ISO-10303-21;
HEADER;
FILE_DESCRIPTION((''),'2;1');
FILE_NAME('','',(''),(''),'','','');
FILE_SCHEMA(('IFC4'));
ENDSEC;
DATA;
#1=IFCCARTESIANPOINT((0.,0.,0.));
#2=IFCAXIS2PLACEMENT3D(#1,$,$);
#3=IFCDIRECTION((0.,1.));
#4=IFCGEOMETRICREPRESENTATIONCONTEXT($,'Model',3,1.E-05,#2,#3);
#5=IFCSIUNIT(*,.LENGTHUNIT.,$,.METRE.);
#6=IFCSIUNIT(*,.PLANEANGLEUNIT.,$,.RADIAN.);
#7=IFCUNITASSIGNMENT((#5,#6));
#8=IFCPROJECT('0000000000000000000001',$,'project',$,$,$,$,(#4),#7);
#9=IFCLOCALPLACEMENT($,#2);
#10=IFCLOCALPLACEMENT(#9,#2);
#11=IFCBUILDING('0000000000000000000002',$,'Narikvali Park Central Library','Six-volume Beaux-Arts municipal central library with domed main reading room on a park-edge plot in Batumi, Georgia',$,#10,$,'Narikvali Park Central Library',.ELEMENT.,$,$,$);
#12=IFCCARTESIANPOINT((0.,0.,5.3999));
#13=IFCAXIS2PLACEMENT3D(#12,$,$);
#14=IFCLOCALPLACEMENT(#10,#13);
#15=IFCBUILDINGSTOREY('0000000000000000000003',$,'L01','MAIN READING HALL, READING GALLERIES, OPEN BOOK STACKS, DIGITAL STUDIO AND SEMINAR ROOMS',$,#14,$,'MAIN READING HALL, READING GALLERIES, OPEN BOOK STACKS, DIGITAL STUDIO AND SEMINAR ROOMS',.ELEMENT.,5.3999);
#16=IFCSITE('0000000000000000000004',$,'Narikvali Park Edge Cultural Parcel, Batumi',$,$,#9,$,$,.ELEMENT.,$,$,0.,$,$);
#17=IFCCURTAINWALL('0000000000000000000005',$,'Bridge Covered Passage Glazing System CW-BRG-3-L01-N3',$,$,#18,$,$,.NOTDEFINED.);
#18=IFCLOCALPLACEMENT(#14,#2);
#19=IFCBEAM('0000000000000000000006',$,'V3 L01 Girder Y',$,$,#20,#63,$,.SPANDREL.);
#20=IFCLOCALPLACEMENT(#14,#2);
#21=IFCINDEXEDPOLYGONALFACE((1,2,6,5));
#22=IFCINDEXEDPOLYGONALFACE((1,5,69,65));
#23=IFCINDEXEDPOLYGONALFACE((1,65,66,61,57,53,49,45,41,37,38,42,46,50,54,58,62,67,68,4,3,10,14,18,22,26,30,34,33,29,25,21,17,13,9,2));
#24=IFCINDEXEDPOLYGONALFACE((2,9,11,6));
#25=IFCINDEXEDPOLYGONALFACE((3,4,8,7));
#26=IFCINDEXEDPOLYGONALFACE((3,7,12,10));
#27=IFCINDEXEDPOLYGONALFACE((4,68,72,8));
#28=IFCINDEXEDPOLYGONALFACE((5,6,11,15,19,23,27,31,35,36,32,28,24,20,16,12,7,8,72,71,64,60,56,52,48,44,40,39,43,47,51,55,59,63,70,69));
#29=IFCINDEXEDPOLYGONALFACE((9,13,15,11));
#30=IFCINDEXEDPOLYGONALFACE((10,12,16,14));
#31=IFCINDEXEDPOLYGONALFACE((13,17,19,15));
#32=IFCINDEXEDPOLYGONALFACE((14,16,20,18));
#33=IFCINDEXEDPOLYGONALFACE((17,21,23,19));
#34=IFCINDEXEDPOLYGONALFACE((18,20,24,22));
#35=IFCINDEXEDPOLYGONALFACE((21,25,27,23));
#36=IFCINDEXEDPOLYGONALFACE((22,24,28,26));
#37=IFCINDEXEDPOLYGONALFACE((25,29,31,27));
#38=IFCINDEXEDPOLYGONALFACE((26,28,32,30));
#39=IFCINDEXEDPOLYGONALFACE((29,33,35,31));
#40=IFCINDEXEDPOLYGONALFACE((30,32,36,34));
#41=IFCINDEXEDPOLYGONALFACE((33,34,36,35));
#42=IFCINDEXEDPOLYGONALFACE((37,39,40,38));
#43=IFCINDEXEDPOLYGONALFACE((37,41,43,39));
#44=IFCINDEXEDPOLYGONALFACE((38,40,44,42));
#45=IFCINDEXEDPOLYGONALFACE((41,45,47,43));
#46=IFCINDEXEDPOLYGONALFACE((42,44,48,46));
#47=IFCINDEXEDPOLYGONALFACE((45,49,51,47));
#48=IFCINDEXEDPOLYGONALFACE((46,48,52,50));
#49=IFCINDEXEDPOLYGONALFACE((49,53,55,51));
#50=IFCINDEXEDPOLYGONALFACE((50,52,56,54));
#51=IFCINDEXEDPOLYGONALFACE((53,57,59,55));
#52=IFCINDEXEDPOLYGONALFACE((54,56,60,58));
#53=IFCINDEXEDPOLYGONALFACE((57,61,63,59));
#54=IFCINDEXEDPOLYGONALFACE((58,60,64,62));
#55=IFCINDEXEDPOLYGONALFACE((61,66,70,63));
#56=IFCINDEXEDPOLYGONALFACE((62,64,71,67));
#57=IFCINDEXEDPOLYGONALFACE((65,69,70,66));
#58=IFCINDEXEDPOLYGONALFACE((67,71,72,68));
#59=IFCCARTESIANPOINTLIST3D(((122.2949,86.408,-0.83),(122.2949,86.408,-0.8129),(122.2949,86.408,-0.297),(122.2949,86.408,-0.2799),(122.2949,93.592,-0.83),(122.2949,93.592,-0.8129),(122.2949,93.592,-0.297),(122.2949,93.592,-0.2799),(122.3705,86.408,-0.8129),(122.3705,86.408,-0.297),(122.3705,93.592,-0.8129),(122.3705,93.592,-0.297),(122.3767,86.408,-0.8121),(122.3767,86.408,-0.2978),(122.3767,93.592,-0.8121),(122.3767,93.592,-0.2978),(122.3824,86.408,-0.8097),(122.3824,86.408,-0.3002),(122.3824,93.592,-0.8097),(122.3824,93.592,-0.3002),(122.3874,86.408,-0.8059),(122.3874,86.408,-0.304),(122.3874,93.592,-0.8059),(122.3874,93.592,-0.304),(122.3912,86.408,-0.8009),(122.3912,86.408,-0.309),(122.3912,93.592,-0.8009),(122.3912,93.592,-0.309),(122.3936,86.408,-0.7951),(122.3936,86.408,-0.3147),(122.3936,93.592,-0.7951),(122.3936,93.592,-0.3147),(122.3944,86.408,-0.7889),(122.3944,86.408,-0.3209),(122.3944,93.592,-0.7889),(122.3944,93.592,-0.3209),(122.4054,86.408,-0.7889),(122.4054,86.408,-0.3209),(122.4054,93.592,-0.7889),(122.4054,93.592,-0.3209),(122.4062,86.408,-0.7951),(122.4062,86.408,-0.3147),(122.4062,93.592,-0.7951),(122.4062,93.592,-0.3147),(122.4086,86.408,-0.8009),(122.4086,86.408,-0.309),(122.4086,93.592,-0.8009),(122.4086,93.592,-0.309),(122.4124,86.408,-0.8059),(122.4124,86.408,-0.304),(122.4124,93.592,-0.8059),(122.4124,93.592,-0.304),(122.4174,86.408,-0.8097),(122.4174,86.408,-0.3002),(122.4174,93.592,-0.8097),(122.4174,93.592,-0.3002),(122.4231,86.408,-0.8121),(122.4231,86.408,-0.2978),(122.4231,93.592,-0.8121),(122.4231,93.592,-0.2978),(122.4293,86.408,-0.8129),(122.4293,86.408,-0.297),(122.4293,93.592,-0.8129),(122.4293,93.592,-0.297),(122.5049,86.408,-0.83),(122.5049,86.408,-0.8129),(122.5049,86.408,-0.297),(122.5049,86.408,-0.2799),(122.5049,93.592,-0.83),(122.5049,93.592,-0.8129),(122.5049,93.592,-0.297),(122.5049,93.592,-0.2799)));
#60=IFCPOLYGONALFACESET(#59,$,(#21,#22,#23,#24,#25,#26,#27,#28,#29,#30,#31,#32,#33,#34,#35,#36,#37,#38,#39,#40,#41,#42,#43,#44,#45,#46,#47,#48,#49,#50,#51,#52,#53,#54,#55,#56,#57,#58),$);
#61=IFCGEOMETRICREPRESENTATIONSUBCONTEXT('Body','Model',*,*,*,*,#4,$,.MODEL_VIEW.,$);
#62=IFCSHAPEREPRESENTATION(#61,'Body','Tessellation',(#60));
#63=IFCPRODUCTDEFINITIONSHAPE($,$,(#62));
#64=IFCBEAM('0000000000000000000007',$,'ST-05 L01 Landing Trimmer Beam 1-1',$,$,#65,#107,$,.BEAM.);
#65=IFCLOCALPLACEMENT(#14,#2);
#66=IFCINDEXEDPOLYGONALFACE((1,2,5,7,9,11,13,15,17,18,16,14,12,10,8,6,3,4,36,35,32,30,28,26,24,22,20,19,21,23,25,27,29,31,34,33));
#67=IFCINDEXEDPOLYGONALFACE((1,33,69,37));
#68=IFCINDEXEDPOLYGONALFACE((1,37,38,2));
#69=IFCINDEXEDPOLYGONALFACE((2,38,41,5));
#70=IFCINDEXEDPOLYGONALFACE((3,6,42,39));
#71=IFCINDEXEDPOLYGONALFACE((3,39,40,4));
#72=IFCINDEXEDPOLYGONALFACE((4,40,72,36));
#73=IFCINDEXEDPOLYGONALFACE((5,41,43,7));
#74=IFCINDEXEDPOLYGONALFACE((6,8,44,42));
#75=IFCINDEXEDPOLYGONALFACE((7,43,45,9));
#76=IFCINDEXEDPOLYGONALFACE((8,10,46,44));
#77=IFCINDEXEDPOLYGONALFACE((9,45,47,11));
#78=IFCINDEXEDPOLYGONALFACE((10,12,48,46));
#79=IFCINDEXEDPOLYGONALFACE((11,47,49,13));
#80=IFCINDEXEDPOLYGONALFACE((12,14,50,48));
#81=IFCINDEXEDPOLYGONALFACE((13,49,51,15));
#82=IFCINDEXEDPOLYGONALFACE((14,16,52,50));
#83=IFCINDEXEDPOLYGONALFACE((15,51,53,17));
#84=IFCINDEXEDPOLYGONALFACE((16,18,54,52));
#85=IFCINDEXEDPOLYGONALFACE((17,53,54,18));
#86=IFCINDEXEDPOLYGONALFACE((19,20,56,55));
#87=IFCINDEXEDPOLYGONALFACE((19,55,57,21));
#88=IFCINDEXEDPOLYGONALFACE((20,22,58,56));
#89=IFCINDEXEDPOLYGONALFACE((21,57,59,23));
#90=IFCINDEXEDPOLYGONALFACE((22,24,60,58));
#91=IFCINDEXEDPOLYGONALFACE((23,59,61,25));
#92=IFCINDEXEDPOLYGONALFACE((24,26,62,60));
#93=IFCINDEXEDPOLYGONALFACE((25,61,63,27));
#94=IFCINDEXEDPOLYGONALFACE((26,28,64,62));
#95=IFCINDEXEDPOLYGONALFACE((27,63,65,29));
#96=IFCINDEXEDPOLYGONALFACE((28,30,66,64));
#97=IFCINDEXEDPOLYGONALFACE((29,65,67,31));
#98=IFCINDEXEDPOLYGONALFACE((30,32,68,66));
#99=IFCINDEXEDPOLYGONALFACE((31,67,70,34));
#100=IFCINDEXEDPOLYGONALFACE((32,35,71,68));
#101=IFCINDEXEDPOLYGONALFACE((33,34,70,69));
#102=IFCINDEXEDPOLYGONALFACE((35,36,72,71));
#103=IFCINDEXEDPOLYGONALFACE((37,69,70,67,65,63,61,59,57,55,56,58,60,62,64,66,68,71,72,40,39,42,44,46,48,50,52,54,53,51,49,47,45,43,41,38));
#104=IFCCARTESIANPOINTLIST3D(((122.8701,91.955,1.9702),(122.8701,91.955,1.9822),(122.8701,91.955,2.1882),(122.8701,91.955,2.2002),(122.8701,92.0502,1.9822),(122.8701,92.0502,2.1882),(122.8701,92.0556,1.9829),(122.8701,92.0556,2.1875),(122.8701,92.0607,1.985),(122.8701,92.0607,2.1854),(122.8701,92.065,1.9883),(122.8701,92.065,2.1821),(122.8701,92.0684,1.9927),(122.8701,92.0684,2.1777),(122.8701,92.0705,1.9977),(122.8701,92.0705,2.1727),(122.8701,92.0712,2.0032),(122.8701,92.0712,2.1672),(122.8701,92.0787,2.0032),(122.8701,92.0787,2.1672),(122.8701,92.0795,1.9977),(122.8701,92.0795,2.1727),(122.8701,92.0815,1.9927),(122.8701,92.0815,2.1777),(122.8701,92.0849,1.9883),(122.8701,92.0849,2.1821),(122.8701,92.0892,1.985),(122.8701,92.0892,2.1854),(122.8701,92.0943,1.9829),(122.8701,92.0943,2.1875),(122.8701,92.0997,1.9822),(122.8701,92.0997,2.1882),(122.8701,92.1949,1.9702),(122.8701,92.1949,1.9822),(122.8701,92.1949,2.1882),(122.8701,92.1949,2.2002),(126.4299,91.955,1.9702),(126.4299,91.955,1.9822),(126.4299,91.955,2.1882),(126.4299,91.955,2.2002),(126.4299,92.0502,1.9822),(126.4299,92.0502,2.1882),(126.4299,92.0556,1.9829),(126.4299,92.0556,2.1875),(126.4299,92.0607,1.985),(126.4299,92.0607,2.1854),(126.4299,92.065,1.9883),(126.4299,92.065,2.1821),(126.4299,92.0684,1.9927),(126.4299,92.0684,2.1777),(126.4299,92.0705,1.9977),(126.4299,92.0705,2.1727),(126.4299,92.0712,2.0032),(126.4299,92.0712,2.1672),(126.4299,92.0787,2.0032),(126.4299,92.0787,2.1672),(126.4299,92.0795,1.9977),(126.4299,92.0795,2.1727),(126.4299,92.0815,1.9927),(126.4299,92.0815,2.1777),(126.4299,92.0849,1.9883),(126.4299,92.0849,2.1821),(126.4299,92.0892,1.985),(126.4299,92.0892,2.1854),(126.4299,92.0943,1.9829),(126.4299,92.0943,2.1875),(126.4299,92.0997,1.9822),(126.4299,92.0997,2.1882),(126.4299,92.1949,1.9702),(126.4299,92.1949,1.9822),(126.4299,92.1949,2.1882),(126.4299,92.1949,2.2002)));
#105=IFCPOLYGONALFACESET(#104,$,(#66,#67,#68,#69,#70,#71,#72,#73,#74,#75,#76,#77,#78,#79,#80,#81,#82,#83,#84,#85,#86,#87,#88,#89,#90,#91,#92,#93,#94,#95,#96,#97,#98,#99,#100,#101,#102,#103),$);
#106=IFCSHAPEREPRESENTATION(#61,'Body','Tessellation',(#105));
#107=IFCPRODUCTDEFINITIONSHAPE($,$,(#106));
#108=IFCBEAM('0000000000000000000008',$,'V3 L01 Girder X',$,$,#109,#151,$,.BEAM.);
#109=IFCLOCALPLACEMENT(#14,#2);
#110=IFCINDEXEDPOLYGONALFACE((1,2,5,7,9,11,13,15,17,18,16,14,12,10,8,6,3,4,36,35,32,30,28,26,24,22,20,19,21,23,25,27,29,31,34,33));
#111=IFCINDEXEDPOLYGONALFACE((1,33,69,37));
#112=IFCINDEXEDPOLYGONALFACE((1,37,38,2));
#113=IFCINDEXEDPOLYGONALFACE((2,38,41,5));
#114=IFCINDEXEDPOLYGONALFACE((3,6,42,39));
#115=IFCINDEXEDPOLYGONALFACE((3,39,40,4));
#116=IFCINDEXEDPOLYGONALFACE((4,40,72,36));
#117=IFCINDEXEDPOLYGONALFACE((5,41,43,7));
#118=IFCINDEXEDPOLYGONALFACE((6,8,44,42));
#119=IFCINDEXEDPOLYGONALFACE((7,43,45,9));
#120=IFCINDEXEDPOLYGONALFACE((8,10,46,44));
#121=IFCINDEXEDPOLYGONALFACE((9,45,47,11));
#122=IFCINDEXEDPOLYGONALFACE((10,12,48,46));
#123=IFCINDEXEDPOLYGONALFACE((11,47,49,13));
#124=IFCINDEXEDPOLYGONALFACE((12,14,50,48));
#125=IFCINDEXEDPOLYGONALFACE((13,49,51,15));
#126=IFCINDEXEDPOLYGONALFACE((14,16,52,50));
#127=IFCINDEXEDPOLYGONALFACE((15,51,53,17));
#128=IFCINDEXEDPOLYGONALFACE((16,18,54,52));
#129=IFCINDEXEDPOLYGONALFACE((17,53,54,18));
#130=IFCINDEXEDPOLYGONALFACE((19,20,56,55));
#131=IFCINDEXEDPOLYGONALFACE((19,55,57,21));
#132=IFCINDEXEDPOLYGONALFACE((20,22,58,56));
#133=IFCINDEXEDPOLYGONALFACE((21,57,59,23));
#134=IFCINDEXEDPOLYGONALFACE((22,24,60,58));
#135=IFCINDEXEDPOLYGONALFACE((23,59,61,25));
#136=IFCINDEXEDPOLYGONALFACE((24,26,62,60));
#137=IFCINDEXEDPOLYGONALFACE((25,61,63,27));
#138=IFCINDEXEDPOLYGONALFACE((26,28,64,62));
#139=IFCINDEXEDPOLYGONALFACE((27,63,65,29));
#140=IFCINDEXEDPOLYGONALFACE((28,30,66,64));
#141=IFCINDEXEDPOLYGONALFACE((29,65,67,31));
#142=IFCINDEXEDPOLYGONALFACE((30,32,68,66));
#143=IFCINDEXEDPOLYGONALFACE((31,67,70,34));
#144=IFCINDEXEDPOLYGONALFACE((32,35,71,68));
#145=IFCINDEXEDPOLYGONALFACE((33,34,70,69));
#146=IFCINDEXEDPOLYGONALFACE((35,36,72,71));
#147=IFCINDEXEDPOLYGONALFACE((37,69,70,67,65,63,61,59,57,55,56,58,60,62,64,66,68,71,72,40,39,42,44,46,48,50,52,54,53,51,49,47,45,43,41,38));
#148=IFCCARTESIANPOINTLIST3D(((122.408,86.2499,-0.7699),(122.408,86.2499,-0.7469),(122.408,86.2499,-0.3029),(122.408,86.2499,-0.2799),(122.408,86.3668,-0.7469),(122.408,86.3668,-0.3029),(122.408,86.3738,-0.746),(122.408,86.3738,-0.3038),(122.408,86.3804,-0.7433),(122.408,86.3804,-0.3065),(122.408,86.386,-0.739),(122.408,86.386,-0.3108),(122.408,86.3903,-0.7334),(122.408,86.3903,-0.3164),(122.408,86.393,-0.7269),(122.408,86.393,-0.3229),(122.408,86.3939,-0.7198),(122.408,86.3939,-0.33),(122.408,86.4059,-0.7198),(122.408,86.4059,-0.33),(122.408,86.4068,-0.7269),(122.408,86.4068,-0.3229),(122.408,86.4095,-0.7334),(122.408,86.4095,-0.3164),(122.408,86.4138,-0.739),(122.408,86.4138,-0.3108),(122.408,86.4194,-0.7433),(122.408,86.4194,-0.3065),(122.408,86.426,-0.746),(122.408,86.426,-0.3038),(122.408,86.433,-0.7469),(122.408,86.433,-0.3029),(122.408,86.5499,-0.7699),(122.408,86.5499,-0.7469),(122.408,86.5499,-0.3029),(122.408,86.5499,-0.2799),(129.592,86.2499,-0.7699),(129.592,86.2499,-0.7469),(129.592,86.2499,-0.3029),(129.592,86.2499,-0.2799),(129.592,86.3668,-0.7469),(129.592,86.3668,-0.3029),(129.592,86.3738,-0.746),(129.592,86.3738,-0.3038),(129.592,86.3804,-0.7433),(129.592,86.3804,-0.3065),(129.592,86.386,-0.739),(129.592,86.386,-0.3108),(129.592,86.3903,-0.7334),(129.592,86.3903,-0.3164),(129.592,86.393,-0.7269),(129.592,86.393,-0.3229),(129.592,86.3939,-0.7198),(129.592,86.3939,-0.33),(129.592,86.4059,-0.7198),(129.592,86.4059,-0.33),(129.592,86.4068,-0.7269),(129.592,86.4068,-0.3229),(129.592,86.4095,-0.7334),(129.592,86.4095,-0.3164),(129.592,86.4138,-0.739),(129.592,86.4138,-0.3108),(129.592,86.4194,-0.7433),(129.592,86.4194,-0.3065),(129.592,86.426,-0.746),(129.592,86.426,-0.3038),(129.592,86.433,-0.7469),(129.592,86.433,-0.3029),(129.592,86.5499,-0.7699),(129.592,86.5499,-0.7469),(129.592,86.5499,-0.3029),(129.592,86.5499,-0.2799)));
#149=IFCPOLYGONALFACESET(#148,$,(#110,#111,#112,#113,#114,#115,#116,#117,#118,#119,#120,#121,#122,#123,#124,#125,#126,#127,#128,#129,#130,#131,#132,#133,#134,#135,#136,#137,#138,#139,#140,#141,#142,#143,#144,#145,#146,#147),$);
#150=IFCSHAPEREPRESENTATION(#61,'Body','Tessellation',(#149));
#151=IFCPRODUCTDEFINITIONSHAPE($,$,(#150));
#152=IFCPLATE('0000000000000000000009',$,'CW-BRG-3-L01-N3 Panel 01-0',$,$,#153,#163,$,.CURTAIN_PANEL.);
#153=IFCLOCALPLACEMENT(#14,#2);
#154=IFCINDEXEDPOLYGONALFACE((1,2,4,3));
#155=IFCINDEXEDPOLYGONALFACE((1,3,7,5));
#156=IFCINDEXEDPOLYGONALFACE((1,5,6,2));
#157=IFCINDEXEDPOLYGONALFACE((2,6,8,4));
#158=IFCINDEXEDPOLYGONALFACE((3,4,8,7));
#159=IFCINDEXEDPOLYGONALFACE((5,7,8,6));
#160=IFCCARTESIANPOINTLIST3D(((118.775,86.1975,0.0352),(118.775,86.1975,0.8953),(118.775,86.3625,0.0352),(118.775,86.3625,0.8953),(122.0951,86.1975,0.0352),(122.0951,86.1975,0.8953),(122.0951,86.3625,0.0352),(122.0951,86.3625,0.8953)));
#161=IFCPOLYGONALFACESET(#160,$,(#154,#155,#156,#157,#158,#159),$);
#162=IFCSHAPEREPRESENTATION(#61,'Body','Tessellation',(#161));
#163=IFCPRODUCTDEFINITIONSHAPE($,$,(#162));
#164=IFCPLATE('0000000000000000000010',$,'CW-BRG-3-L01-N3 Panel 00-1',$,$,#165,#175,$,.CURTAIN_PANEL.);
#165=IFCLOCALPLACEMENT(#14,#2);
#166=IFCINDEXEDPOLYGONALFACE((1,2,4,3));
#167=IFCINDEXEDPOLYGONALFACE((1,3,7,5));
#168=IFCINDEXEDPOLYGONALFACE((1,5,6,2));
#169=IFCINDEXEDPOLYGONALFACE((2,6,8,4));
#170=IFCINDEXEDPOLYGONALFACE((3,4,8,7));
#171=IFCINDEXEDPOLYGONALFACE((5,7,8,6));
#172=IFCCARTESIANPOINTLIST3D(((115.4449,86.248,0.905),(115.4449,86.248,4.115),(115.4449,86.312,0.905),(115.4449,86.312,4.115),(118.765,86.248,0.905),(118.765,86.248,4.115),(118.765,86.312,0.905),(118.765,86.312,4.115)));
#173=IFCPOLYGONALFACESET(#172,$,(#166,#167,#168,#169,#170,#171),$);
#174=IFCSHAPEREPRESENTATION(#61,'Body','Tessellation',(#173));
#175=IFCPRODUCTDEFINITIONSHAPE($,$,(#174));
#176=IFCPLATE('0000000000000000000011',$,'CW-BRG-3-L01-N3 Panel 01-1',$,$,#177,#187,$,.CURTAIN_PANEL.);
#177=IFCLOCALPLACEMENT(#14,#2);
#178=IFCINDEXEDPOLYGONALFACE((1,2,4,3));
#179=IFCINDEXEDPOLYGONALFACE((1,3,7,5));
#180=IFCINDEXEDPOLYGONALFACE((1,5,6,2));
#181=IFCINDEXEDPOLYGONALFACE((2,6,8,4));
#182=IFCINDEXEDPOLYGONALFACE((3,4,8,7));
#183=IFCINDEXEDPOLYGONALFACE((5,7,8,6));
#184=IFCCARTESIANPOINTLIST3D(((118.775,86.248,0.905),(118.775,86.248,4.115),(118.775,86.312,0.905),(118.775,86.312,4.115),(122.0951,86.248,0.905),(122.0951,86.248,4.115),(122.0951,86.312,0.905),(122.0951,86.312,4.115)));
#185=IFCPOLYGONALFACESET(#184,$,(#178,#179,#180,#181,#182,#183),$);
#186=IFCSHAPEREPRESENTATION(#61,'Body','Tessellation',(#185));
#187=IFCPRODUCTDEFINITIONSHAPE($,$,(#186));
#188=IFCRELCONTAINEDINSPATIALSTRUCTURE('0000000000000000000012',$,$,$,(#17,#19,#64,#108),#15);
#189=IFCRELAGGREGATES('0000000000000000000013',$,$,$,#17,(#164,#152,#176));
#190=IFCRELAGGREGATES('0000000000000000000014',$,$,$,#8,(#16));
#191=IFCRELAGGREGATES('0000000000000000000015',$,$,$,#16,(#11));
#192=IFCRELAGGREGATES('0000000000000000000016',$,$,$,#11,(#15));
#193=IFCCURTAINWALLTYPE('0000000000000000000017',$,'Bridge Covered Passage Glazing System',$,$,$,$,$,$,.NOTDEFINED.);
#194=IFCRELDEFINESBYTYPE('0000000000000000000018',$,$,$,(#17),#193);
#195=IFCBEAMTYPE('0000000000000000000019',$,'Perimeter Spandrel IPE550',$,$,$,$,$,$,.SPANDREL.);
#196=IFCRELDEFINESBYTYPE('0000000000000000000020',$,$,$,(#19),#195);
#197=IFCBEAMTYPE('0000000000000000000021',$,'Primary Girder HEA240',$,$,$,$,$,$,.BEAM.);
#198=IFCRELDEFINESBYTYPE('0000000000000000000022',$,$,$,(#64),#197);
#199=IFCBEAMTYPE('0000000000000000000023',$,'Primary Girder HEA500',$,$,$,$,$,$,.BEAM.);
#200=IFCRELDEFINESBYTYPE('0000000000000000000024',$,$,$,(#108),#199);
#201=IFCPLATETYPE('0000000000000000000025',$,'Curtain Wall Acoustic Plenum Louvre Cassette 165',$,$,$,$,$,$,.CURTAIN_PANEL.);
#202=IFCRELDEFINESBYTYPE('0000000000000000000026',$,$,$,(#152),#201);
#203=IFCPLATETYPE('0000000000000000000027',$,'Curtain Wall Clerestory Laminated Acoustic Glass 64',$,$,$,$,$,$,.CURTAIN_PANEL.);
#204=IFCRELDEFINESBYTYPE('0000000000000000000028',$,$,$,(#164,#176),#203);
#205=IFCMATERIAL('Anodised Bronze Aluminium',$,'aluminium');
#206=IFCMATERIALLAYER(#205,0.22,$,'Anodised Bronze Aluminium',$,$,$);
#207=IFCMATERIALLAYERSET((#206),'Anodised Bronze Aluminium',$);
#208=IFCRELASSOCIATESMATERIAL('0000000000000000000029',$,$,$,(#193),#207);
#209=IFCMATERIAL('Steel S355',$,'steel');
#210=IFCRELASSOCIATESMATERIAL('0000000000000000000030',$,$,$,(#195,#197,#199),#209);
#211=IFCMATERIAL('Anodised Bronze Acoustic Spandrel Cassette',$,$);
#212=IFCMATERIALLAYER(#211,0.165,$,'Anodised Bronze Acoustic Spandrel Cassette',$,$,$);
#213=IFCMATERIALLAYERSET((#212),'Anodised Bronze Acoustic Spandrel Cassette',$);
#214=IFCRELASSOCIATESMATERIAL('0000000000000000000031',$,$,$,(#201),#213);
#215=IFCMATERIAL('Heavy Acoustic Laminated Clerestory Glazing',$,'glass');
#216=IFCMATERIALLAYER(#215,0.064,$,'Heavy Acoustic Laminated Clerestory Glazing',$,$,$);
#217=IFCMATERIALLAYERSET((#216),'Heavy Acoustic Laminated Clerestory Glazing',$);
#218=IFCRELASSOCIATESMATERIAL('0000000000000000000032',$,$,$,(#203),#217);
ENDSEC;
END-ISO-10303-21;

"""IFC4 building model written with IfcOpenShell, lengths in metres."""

from ifc_helpers import new_model, si_unit, direction, frame, origin, origin_2d, place, context, subcontext, project, spatial, rectangle, i_section, extrude, material, layer, layer_set, material_profile, profile_set, type_object, element, aggregate, save


model = new_model("IFC4")

# Units and contexts
model_context = context("Model", 3, precision=1e-05, world=origin(), true_north=direction((0.0, 1.0)))
body_context = subcontext(model_context, "Body", "Model", "MODEL_VIEW")
ifc_project = project(units=[si_unit("LENGTHUNIT", "METRE"), si_unit("PLANEANGLEUNIT", "RADIAN")], contexts=[model_context])

# Site, building, storey
site_placement = place(None, origin())
site = spatial("IfcSite", under=ifc_project, at=site_placement, Name="Narikvali Park Edge Cultural Parcel, Batumi", CompositionType="ELEMENT", RefElevation=0.0)
building_placement = place(site_placement, origin())
building = spatial("IfcBuilding", under=site, at=building_placement, Name="Narikvali Park Central Library", Description="Six-volume Beaux-Arts municipal central library with domed main reading room on a park-edge plot in Batumi, Georgia", LongName="Narikvali Park Central Library", CompositionType="ELEMENT")
storey_placement = place(building_placement, frame((0.0, 0.0, 5.3999)))
storey = spatial("IfcBuildingStorey", under=building, at=storey_placement, Name="L01", Description="MAIN READING HALL, READING GALLERIES, OPEN BOOK STACKS, DIGITAL STUDIO AND SEMINAR ROOMS", LongName="MAIN READING HALL, READING GALLERIES, OPEN BOOK STACKS, DIGITAL STUDIO AND SEMINAR ROOMS", CompositionType="ELEMENT", Elevation=5.3999)

# Shared definitions
ifc_material_1 = material(Name="Steel S355", Category="steel")

# Curtain wall
ifc_material_2 = material(Name="Anodised Bronze Aluminium", Category="aluminium")
ifc_layer_1 = layer(ifc_material_2, 0.22, Name="Anodised Bronze Aluminium")
ifc_layer_set_1 = layer_set([ifc_layer_1], Name="Anodised Bronze Aluminium")
curtain_wall_type = type_object("IfcCurtainWallType", Name="Bridge Covered Passage Glazing System", PredefinedType="NOTDEFINED", material=ifc_layer_set_1)
curtain_wall_placement = place(storey_placement, origin())
curtain_wall = element("IfcCurtainWall", 1, at=curtain_wall_placement, inside=storey, type_object=curtain_wall_type, Name="Bridge Covered Passage Glazing System CW-BRG-3-L01-N3", PredefinedType="NOTDEFINED")

# Beams
ifc_material_profile_1 = material_profile(ifc_material_1, i_section(OverallWidth=0.21, OverallDepth=0.55, WebThickness=0.011, FlangeThickness=0.0171, FilletRadius=0.0239, at=origin_2d()), Name="IPE 550")
ifc_profile_set_1 = profile_set([ifc_material_profile_1], Name="Steel S355")
beam_type_1 = type_object("IfcBeamType", Name="Perimeter Spandrel IPE550", PredefinedType="SPANDREL", material=ifc_profile_set_1)
beam_1_placement = place(storey_placement, frame((122.3999, 86.408, -0.5549), z_axis=(0.0, 1.0, 0.0), x_axis=(-1.0, 0.0, 0.0)))
element("IfcBeam", 2, at=beam_1_placement, inside=storey, type_object=beam_type_1, Name="V3 L01 Girder Y", PredefinedType="SPANDREL", context=body_context, shape_type="SweptSolid", body=[
    extrude(i_section(OverallWidth=0.21, OverallDepth=0.55, WebThickness=0.011, FlangeThickness=0.0171, FilletRadius=0.0239, at=origin_2d()), origin(), (0.0, 0.0, 1.0), 7.1841),
])
ifc_material_profile_2 = material_profile(ifc_material_1, i_section(OverallWidth=0.24, OverallDepth=0.23, WebThickness=0.0076, FlangeThickness=0.012, FilletRadius=0.021, at=origin_2d()), Name="HEA 240")
ifc_profile_set_2 = profile_set([ifc_material_profile_2], Name="Steel S355")
beam_type_2 = type_object("IfcBeamType", Name="Primary Girder HEA240", PredefinedType="BEAM", material=ifc_profile_set_2)
beam_2_placement = place(storey_placement, frame((122.8701, 92.075, 2.0852), z_axis=(1.0, 0.0, 0.0), x_axis=(0.0, 1.0, 0.0)))
element("IfcBeam", 3, at=beam_2_placement, inside=storey, type_object=beam_type_2, Name="ST-05 L01 Landing Trimmer Beam 1-1", PredefinedType="BEAM", context=body_context, shape_type="SweptSolid", body=[
    extrude(i_section(OverallWidth=0.24, OverallDepth=0.23, WebThickness=0.0076, FlangeThickness=0.012, FilletRadius=0.021, at=origin_2d()), origin(), (0.0, 0.0, 1.0), 3.5598),
])
ifc_material_profile_3 = material_profile(ifc_material_1, i_section(OverallWidth=0.3, OverallDepth=0.49, WebThickness=0.012, FlangeThickness=0.0229, FilletRadius=0.0271, at=origin_2d()), Name="HEA 500")
ifc_profile_set_3 = profile_set([ifc_material_profile_3], Name="Steel S355")
beam_type_3 = type_object("IfcBeamType", Name="Primary Girder HEA500", PredefinedType="BEAM", material=ifc_profile_set_3)
beam_3_placement = place(storey_placement, frame((122.408, 86.3999, -0.5249), z_axis=(1.0, 0.0, 0.0), x_axis=(0.0, 1.0, 0.0)))
element("IfcBeam", 4, at=beam_3_placement, inside=storey, type_object=beam_type_3, Name="V3 L01 Girder X", PredefinedType="BEAM", context=body_context, shape_type="SweptSolid", body=[
    extrude(i_section(OverallWidth=0.3, OverallDepth=0.49, WebThickness=0.012, FlangeThickness=0.0229, FilletRadius=0.0271, at=origin_2d()), origin(), (0.0, 0.0, 1.0), 7.1841),
])

# Plates
ifc_material_3 = material(Name="Anodised Bronze Acoustic Spandrel Cassette")
ifc_layer_2 = layer(ifc_material_3, 0.165, Name="Anodised Bronze Acoustic Spandrel Cassette")
ifc_layer_set_2 = layer_set([ifc_layer_2], Name="Anodised Bronze Acoustic Spandrel Cassette")
plate_type_1 = type_object("IfcPlateType", Name="Curtain Wall Acoustic Plenum Louvre Cassette 165", PredefinedType="CURTAIN_PANEL", material=ifc_layer_set_2)
plate_1_placement = place(storey_placement, frame((120.4351, 86.28, 0.0352), z_axis=(0.0, 0.0, 1.0), x_axis=(1.0, 0.0, 0.0)))
plate_1 = element("IfcPlate", 5, at=plate_1_placement, type_object=plate_type_1, Name="CW-BRG-3-L01-N3 Panel 01-0", PredefinedType="CURTAIN_PANEL", context=body_context, shape_type="SweptSolid", body=[
    extrude(rectangle(XDim=3.3201, YDim=0.165, at=origin_2d()), origin(), (0.0, 0.0, 1.0), 0.8601),
])
ifc_material_4 = material(Name="Heavy Acoustic Laminated Clerestory Glazing", Category="glass")
ifc_layer_3 = layer(ifc_material_4, 0.064, Name="Heavy Acoustic Laminated Clerestory Glazing")
ifc_layer_set_3 = layer_set([ifc_layer_3], Name="Heavy Acoustic Laminated Clerestory Glazing")
plate_type_2 = type_object("IfcPlateType", Name="Curtain Wall Clerestory Laminated Acoustic Glass 64", PredefinedType="CURTAIN_PANEL", material=ifc_layer_set_3)
plate_2_placement = place(storey_placement, frame((117.105, 86.28, 0.905), z_axis=(0.0, 0.0, 1.0), x_axis=(1.0, 0.0, 0.0)))
plate_2 = element("IfcPlate", 6, at=plate_2_placement, type_object=plate_type_2, Name="CW-BRG-3-L01-N3 Panel 00-1", PredefinedType="CURTAIN_PANEL", context=body_context, shape_type="SweptSolid", body=[
    extrude(rectangle(XDim=3.3201, YDim=0.064, at=origin_2d()), origin(), (0.0, 0.0, 1.0), 3.21),
])
plate_3_placement = place(storey_placement, frame((120.4351, 86.28, 0.905), z_axis=(0.0, 0.0, 1.0), x_axis=(1.0, 0.0, 0.0)))
plate_3 = element("IfcPlate", 7, at=plate_3_placement, type_object=plate_type_2, Name="CW-BRG-3-L01-N3 Panel 01-1", PredefinedType="CURTAIN_PANEL", context=body_context, shape_type="SweptSolid", body=[
    extrude(rectangle(XDim=3.3201, YDim=0.064, at=origin_2d()), origin(), (0.0, 0.0, 1.0), 3.21),
])
aggregate(curtain_wall, [plate_2, plate_1, plate_3])

save(model, "model.ifc")
